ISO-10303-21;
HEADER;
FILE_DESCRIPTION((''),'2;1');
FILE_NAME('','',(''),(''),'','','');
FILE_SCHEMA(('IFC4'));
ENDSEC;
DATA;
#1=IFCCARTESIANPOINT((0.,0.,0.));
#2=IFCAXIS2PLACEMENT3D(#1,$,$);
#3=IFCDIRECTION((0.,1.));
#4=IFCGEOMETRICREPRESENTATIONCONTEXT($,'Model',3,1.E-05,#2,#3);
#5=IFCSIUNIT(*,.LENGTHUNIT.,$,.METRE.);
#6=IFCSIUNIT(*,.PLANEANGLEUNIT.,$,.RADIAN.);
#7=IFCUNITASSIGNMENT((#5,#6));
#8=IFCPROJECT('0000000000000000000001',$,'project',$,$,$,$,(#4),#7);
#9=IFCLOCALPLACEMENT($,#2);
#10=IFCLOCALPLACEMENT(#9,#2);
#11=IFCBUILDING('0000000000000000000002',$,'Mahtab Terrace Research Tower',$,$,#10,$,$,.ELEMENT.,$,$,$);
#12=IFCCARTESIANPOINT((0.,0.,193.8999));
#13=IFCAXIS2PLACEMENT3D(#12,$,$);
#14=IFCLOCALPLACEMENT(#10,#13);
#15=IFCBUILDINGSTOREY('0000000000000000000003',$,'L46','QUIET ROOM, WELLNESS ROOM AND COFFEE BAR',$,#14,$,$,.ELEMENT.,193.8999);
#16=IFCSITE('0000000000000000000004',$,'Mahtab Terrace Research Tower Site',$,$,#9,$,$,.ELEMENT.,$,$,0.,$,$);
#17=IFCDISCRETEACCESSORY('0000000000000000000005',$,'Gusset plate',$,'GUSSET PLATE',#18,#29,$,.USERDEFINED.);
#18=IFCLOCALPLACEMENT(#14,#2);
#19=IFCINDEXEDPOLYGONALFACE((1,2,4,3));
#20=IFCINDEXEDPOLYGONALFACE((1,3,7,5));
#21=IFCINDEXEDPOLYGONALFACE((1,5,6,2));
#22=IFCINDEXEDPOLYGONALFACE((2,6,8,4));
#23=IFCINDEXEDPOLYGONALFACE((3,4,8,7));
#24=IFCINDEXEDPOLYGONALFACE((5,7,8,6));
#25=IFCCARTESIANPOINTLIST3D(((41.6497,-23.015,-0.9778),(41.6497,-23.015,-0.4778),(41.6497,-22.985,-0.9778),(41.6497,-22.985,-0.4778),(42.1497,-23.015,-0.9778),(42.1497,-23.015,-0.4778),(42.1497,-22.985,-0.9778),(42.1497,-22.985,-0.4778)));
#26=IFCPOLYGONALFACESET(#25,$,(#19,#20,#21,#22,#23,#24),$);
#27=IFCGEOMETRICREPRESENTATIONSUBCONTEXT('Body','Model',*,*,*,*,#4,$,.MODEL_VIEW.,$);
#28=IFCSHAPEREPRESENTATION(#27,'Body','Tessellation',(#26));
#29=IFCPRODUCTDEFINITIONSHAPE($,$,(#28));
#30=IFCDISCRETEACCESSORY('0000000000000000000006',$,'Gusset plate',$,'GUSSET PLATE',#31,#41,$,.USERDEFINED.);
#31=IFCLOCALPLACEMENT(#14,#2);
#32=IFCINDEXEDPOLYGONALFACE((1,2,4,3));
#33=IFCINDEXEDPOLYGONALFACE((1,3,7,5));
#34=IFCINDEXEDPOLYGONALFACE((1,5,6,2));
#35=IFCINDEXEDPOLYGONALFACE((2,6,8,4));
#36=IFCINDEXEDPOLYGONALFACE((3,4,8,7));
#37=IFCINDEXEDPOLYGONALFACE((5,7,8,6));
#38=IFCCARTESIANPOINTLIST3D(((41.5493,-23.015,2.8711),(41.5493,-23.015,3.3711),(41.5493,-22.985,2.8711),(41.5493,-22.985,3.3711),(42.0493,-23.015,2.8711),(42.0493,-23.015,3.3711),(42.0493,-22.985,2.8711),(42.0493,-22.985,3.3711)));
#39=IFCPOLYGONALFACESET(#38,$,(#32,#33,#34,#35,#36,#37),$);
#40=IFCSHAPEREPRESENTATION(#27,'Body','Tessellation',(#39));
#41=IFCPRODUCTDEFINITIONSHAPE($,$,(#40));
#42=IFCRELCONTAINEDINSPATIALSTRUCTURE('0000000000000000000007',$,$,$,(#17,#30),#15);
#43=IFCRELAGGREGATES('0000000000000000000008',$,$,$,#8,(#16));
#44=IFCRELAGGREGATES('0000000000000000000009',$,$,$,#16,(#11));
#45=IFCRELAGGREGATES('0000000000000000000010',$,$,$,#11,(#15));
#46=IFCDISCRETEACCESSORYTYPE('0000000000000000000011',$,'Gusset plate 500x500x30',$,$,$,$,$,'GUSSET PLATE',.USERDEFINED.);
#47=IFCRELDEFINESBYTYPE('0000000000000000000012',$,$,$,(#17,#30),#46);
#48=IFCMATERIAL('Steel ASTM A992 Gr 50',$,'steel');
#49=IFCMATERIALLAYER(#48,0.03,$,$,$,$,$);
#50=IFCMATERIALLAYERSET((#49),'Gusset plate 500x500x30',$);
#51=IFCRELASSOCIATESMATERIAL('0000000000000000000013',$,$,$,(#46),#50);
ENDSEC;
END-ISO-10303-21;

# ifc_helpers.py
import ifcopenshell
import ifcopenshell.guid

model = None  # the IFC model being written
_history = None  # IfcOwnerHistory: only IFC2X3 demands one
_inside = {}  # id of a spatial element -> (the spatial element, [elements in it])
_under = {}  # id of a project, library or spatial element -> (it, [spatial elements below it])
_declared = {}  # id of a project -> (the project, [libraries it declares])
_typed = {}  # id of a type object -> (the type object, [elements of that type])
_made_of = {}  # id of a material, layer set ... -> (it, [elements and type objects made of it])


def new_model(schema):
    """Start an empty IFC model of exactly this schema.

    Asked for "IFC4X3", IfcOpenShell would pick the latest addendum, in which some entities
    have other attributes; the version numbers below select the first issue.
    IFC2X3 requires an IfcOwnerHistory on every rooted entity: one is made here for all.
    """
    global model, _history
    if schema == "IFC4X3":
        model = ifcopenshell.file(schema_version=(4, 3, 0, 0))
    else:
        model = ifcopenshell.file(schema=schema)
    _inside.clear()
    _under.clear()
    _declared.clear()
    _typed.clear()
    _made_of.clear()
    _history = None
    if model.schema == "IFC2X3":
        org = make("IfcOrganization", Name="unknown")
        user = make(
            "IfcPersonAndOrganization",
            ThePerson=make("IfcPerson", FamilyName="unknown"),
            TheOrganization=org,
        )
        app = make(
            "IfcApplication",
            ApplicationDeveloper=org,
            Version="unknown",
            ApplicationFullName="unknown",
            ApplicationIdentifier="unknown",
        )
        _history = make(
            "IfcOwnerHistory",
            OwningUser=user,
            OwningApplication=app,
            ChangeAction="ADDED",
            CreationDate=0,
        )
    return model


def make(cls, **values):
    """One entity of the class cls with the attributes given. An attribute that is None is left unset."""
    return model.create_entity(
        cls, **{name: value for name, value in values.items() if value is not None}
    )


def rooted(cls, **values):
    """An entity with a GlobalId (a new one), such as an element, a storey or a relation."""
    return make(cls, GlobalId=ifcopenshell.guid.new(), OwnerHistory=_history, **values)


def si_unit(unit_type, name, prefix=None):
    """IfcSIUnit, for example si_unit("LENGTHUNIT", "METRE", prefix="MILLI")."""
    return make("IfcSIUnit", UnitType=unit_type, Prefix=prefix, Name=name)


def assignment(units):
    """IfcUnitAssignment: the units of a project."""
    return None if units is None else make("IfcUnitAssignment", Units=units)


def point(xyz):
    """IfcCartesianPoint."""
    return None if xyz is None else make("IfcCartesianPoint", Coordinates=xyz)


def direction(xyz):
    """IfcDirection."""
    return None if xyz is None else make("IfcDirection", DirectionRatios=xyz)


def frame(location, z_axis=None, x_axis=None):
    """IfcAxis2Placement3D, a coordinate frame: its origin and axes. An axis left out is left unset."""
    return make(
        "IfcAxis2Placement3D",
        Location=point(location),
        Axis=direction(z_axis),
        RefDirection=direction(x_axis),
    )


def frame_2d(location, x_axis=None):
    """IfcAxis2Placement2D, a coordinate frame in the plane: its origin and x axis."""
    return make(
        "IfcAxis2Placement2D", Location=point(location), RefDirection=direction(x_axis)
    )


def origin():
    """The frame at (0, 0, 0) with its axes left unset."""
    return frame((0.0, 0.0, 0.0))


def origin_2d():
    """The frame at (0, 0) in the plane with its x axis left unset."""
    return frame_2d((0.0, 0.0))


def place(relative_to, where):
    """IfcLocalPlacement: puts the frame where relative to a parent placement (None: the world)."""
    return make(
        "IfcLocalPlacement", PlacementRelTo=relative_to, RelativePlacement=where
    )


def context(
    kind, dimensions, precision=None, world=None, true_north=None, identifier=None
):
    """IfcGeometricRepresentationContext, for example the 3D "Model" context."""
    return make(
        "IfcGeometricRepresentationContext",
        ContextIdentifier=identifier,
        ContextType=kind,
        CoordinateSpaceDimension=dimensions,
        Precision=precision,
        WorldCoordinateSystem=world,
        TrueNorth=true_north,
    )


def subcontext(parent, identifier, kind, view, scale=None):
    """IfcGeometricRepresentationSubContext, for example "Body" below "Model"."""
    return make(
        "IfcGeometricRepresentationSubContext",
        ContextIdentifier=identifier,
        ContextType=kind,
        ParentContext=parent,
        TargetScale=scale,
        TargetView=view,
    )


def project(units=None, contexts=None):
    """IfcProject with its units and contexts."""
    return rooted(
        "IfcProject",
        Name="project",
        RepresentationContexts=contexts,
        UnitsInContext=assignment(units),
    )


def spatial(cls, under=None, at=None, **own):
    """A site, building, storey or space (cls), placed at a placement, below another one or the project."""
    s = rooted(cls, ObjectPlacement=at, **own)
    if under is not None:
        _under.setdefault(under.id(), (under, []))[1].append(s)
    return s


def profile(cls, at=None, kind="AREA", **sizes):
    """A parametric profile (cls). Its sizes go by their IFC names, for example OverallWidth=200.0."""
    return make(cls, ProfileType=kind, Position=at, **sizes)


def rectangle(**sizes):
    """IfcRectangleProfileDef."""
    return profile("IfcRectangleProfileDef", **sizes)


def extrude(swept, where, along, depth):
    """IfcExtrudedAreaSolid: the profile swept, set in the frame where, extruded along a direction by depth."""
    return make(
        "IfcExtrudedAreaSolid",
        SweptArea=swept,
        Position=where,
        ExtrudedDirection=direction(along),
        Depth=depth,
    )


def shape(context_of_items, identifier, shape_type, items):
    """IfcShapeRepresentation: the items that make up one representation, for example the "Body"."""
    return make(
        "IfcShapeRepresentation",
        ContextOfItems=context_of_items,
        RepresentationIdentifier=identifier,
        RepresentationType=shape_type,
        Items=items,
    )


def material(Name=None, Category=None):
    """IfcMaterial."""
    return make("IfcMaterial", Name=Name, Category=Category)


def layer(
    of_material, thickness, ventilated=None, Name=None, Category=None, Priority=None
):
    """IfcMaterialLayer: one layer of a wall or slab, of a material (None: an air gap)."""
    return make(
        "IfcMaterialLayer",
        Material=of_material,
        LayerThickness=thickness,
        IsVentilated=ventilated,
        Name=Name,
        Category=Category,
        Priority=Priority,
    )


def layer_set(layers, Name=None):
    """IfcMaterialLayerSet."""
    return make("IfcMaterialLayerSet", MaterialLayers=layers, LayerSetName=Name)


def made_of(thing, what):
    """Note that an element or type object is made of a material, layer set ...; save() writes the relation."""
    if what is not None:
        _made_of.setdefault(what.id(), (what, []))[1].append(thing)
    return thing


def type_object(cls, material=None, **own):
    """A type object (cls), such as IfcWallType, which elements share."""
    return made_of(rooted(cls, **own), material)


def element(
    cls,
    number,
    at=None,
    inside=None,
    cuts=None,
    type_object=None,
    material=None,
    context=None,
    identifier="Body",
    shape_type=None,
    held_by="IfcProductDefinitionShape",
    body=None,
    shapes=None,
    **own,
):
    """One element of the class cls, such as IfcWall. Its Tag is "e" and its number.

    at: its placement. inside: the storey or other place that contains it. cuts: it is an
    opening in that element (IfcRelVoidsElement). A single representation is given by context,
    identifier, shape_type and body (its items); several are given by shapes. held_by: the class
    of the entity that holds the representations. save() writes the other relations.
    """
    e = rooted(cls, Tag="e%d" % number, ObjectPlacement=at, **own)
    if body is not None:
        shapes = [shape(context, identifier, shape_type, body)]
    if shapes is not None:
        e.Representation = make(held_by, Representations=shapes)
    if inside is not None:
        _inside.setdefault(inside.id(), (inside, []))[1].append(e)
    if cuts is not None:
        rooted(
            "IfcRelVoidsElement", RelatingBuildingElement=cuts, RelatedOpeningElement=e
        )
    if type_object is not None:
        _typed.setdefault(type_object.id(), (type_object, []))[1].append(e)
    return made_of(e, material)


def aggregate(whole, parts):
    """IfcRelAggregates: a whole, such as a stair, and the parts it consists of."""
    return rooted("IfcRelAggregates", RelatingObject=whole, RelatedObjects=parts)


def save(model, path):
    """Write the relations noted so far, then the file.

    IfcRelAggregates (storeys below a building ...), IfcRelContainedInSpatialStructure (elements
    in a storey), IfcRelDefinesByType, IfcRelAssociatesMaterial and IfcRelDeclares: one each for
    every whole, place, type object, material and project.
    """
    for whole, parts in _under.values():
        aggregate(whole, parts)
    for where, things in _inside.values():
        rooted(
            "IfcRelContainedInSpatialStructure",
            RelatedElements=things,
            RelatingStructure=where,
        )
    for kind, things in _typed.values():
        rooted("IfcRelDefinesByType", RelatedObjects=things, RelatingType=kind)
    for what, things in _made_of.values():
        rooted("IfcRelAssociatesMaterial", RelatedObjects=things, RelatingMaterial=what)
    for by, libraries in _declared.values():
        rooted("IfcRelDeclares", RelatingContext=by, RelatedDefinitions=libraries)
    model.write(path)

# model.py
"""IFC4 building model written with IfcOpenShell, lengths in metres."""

from ifc_helpers import new_model, si_unit, direction, frame, origin, origin_2d, place, context, subcontext, project, spatial, rectangle, extrude, material, layer, layer_set, type_object, element, save


model = new_model("IFC4")

# Units and contexts
model_context = context("Model", 3, precision=1e-05, world=origin(), true_north=direction((0.0, 1.0)))
body_context = subcontext(model_context, "Body", "Model", "MODEL_VIEW")
ifc_project = project(units=[si_unit("LENGTHUNIT", "METRE"), si_unit("PLANEANGLEUNIT", "RADIAN")], contexts=[model_context])

# Site, building, storey
site_placement = place(None, origin())
site = spatial("IfcSite", under=ifc_project, at=site_placement, Name="Mahtab Terrace Research Tower Site", CompositionType="ELEMENT", RefElevation=0.0)
building_placement = place(site_placement, origin())
building = spatial("IfcBuilding", under=site, at=building_placement, Name="Mahtab Terrace Research Tower", CompositionType="ELEMENT")
storey_placement = place(building_placement, frame((0.0, 0.0, 193.8999)))
storey = spatial("IfcBuildingStorey", under=building, at=storey_placement, Name="L46", Description="QUIET ROOM, WELLNESS ROOM AND COFFEE BAR", CompositionType="ELEMENT", Elevation=193.8999)

# Shared definitions
ifc_material_1 = material(Name="Steel ASTM A992 Gr 50", Category="steel")

# Discrete accessories
ifc_layer_1 = layer(ifc_material_1, 0.03)
ifc_layer_set_1 = layer_set([ifc_layer_1], Name="Gusset plate 500x500x30")
discrete_accessory_type = type_object("IfcDiscreteAccessoryType", Name="Gusset plate 500x500x30", ElementType="GUSSET PLATE", PredefinedType="USERDEFINED", material=ifc_layer_set_1)
for number, where, z_axis, x_axis, name in (
    (1, (41.8997, -23.0, -0.9778), (0.0, 0.0, 1.0), (1.0, 0.0, 0.0), "Gusset plate"),
    (2, (41.7993, -23.0, 2.8711), (0.0, 0.0, 1.0), (1.0, 0.0, 0.0), "Gusset plate"),
):
    element("IfcDiscreteAccessory", number, at=place(storey_placement, frame(where, z_axis=z_axis, x_axis=x_axis)), inside=storey, type_object=discrete_accessory_type, Name=name, ObjectType="GUSSET PLATE", PredefinedType="USERDEFINED", context=body_context, shape_type="SweptSolid", body=[
        extrude(rectangle(XDim=0.5, YDim=0.03, at=origin_2d()), origin(), (0.0, 0.0, 1.0), 0.5),
    ])

save(model, "model.ifc")
